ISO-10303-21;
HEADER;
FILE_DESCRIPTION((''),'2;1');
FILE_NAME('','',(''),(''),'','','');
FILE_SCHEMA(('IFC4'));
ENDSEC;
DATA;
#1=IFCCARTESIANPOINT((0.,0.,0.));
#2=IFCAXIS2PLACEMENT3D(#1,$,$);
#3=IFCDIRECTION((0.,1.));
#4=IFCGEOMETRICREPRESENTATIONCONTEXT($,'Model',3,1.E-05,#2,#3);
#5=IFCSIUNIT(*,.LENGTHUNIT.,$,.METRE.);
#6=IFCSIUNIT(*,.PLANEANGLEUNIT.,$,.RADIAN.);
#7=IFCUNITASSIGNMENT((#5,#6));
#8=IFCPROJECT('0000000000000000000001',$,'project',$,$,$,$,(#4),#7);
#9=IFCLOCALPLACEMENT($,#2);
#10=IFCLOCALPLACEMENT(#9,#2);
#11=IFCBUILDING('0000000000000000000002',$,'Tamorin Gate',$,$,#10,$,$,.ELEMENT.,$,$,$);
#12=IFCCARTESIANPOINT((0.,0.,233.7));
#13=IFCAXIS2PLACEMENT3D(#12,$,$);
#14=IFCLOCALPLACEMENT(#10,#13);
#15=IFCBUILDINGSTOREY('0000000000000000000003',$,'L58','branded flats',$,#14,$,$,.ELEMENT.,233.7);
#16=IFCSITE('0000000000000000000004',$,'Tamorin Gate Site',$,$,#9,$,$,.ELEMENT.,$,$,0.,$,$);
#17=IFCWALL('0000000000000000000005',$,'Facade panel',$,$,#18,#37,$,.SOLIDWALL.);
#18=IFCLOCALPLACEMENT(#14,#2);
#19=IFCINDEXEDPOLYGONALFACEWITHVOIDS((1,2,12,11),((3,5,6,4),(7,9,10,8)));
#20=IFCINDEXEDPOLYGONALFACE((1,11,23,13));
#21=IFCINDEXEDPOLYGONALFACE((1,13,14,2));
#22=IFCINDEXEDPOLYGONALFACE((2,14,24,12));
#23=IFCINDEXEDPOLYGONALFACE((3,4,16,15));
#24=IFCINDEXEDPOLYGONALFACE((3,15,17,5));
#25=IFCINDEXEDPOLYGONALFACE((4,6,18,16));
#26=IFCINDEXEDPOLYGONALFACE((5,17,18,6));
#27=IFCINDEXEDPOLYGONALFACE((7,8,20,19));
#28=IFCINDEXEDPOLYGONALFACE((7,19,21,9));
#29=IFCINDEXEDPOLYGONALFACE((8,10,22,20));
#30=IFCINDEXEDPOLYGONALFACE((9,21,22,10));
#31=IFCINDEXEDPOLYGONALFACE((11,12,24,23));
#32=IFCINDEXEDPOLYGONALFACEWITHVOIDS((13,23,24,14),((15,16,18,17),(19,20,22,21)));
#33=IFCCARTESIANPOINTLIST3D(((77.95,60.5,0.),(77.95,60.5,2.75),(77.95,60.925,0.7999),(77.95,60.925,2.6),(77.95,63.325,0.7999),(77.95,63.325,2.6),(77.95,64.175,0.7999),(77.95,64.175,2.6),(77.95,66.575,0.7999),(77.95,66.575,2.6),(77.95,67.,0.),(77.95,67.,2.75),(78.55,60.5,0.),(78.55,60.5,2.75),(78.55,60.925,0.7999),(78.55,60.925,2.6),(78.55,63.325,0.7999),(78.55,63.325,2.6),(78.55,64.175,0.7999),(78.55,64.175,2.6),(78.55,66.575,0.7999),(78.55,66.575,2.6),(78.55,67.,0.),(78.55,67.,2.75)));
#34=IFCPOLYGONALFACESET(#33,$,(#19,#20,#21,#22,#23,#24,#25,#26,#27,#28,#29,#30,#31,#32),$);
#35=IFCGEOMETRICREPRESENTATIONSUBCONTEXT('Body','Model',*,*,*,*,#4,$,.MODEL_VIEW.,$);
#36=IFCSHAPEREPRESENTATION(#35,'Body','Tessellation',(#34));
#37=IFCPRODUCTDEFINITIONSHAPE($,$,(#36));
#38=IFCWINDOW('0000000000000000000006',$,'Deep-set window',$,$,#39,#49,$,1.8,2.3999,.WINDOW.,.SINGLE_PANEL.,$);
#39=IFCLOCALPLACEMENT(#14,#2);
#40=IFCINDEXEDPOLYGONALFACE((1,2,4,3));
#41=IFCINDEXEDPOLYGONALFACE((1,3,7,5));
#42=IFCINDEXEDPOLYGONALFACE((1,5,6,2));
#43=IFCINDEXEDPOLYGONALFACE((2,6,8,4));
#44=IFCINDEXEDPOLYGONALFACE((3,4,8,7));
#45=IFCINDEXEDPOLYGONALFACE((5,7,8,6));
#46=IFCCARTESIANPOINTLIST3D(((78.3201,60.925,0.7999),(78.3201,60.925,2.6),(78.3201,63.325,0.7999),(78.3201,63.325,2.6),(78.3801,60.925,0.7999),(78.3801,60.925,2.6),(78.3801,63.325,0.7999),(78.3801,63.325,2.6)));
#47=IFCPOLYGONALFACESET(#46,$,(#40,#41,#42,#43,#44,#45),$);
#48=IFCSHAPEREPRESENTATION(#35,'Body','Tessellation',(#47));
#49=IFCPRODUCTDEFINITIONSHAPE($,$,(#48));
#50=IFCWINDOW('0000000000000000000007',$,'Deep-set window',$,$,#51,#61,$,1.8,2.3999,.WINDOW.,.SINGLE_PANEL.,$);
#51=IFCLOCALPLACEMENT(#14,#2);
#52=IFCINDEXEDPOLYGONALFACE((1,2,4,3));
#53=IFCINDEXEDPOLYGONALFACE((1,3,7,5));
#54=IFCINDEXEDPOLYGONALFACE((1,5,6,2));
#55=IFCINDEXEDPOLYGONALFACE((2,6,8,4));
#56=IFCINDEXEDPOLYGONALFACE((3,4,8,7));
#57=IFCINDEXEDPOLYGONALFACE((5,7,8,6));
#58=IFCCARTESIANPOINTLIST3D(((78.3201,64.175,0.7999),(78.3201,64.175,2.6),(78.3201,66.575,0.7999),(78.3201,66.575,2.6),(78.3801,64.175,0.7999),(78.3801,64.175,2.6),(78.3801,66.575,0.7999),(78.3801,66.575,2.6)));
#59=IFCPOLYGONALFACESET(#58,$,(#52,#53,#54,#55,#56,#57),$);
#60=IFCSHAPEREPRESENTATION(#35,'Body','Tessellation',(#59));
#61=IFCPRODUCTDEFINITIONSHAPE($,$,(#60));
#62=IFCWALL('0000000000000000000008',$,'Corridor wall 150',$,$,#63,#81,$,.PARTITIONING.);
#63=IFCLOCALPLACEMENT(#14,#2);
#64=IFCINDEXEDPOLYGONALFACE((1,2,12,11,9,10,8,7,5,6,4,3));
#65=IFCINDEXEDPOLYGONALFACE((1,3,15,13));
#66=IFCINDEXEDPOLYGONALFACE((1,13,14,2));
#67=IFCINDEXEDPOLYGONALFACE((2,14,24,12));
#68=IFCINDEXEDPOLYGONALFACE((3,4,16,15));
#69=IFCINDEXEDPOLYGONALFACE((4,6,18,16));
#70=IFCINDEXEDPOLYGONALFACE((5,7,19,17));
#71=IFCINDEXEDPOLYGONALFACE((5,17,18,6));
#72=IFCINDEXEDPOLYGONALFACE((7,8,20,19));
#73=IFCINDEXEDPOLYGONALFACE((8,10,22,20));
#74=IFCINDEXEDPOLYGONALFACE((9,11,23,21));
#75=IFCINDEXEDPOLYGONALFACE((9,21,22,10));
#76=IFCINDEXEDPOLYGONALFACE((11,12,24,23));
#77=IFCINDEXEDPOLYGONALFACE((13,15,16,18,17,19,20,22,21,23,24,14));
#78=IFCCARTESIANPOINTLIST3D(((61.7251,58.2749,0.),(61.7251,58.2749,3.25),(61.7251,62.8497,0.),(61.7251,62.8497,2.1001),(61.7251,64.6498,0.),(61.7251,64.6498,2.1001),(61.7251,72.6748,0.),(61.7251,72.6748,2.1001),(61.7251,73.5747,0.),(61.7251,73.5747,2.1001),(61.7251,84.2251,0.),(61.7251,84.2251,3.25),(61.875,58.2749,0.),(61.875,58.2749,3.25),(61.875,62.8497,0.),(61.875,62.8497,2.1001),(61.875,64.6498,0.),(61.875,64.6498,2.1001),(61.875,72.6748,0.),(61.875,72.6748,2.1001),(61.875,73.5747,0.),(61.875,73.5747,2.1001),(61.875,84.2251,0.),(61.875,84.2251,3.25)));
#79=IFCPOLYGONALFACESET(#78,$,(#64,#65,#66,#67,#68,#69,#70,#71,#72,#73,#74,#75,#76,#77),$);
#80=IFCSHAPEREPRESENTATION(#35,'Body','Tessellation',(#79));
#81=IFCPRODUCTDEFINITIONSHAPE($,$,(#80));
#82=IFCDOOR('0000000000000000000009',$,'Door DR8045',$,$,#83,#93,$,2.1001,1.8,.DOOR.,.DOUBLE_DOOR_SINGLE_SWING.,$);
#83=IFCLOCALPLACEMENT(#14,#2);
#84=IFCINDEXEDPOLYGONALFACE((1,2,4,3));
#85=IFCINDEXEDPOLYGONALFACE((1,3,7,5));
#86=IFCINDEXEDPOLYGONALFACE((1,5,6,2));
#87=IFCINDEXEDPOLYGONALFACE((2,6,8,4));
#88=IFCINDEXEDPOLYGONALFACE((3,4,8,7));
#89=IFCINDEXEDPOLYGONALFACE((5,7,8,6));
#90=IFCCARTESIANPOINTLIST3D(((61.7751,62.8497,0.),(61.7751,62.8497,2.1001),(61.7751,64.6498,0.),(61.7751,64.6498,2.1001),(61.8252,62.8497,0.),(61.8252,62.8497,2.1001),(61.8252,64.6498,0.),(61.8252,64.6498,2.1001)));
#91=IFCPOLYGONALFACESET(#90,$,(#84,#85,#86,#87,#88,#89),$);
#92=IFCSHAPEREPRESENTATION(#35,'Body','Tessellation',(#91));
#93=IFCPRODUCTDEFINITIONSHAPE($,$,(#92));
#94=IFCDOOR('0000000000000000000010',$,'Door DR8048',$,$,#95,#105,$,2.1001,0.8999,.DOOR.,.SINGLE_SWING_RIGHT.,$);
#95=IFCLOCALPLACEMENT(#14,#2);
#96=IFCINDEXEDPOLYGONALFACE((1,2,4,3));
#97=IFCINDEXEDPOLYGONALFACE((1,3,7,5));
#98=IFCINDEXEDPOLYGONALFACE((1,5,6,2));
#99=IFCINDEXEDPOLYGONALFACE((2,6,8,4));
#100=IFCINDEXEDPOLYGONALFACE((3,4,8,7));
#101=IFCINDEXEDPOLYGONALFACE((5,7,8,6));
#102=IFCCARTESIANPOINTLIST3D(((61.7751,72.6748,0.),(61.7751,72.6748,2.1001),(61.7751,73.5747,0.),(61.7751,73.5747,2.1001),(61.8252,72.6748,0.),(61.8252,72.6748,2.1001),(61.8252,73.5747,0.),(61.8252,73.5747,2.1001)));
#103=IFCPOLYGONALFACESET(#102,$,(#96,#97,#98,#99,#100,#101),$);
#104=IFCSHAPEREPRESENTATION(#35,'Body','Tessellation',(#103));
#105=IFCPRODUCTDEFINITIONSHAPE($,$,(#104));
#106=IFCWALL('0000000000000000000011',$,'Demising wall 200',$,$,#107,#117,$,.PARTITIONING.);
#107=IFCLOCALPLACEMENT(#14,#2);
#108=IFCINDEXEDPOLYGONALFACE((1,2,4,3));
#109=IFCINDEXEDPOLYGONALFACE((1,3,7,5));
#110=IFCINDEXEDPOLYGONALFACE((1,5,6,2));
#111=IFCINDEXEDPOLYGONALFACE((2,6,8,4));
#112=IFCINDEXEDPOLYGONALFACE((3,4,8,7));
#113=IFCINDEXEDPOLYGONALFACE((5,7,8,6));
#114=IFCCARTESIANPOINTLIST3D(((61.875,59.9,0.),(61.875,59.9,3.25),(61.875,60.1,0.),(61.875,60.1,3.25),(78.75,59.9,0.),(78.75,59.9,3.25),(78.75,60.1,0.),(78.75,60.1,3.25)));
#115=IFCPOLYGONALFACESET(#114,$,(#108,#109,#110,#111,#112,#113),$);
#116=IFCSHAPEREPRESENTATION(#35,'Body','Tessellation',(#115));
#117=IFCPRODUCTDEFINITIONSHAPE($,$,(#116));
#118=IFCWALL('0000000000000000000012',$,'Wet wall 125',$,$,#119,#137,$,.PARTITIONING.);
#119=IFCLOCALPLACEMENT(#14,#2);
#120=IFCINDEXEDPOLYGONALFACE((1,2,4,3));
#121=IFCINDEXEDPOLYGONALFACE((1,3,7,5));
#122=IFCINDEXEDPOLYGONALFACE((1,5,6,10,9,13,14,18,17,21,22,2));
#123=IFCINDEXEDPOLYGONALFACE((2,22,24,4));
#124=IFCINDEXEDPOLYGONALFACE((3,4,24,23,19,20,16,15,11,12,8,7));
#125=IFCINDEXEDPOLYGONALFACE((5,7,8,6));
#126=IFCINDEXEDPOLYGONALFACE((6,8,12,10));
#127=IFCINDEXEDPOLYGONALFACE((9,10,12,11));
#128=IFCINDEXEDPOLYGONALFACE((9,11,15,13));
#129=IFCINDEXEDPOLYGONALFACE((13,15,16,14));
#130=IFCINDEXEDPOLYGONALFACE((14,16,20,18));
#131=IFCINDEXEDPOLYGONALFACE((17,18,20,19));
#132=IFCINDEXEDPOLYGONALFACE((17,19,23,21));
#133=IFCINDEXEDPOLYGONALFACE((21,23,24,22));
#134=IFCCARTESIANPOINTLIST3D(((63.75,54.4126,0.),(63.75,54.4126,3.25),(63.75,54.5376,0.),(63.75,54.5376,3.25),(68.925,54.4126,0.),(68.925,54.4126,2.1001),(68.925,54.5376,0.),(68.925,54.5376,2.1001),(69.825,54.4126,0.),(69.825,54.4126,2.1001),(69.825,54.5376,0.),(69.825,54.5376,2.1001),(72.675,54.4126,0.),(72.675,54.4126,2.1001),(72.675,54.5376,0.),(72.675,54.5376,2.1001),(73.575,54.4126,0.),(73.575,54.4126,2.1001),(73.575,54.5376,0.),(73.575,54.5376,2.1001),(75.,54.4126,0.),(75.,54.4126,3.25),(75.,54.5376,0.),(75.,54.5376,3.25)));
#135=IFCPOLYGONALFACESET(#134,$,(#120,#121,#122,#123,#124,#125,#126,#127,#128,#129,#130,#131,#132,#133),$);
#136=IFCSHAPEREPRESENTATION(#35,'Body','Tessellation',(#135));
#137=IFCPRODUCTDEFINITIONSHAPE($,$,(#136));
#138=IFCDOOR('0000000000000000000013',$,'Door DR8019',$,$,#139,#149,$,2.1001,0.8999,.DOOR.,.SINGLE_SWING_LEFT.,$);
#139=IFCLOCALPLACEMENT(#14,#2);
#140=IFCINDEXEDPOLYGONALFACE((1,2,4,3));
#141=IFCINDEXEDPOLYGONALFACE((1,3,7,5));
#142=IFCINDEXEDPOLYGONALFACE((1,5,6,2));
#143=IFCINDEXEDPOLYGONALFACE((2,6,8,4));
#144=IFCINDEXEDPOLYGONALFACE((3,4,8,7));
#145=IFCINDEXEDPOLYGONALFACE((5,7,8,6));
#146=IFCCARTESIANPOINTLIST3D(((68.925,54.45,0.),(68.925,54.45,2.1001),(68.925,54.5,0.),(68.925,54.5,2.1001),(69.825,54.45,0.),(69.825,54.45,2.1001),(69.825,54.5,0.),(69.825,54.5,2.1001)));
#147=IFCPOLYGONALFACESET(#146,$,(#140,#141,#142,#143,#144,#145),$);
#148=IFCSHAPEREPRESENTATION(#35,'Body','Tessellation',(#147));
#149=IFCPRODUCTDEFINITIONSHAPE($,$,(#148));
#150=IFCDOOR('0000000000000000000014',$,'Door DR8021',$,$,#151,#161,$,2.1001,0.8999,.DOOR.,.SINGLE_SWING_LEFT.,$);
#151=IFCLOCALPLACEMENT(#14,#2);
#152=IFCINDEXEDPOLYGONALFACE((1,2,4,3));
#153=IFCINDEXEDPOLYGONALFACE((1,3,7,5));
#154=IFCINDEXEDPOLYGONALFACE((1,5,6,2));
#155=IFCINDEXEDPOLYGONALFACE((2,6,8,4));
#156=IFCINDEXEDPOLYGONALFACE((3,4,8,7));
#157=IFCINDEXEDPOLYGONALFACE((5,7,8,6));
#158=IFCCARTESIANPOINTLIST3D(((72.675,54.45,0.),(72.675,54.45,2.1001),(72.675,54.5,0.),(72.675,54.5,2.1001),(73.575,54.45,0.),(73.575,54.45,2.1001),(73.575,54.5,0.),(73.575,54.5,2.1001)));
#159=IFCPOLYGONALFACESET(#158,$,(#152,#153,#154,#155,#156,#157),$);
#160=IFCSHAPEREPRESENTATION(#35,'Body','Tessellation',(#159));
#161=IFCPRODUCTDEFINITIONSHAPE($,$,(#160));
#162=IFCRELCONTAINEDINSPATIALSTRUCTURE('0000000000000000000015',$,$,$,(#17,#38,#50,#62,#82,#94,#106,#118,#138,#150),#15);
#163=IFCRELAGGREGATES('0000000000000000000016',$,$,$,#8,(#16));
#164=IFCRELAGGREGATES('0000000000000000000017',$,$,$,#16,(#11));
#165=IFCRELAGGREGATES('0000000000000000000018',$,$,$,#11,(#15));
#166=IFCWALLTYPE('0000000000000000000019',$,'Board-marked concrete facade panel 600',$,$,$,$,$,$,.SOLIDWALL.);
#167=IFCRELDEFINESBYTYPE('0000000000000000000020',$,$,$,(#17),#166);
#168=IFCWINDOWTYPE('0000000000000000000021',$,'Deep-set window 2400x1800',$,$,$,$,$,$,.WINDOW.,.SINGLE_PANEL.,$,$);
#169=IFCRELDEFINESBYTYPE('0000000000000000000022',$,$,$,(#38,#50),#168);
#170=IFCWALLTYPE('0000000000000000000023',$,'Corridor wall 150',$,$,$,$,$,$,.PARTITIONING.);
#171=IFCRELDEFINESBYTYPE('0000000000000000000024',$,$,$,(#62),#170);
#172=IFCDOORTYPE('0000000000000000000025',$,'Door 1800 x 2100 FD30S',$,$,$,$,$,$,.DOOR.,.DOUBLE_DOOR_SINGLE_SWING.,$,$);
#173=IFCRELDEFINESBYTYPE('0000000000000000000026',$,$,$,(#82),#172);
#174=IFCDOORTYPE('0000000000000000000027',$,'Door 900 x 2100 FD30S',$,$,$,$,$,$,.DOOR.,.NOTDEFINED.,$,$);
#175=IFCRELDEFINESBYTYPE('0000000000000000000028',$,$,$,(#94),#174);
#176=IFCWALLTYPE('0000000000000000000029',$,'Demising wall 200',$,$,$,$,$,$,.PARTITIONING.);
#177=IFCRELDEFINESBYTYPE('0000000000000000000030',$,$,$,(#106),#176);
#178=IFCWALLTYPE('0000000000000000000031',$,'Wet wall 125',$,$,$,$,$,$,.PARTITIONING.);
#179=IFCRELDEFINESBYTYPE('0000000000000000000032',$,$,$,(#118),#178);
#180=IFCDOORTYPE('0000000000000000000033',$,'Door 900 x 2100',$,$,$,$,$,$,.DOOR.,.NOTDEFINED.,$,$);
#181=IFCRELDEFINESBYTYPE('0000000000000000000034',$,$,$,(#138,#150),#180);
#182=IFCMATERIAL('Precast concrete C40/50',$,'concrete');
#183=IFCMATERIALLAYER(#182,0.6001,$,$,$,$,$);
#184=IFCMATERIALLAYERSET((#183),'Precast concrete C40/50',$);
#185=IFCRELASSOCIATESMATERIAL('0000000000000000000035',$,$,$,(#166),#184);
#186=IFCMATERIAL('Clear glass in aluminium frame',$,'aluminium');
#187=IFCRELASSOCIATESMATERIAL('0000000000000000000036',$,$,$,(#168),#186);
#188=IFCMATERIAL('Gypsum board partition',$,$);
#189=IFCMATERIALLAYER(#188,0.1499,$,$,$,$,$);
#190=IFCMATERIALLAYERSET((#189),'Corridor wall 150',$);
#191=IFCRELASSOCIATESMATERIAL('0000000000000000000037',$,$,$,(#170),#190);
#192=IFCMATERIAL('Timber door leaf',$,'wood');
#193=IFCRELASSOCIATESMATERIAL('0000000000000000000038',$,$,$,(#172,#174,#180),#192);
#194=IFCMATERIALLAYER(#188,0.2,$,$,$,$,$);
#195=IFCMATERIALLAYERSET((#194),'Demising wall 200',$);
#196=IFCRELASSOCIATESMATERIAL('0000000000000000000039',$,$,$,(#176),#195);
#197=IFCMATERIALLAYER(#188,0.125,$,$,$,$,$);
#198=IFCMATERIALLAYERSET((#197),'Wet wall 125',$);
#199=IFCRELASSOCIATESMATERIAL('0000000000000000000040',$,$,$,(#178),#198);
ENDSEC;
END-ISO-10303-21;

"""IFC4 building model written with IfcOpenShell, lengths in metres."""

from ifc_helpers import new_model, si_unit, direction, frame, frame_2d, origin, place, context, subcontext, project, spatial, rectangle, extrude, material, layer, layer_set, type_object, element, fill, save


model = new_model("IFC4")

# Units and contexts
model_context = context("Model", 3, precision=1e-05, world=origin(), true_north=direction((0.0, 1.0)))
body_context = subcontext(model_context, "Body", "Model", "MODEL_VIEW")
ifc_project = project(units=[si_unit("LENGTHUNIT", "METRE"), si_unit("PLANEANGLEUNIT", "RADIAN")], contexts=[model_context])

# Site, building, storey
site_placement = place(None, origin())
site = spatial("IfcSite", under=ifc_project, at=site_placement, Name="Tamorin Gate Site", CompositionType="ELEMENT", RefElevation=0.0)
building_placement = place(site_placement, origin())
building = spatial("IfcBuilding", under=site, at=building_placement, Name="Tamorin Gate", CompositionType="ELEMENT")
storey_placement = place(building_placement, frame((0.0, 0.0, 233.7)))
storey = spatial("IfcBuildingStorey", under=building, at=storey_placement, Name="L58", Description="branded flats", CompositionType="ELEMENT", Elevation=233.7)

# Wall, openings, windows
ifc_material_1 = material(Name="Precast concrete C40/50", Category="concrete")
ifc_layer_1 = layer(ifc_material_1, 0.6001)
ifc_layer_set_1 = layer_set([ifc_layer_1], Name="Precast concrete C40/50")
wall_type_1 = type_object("IfcWallType", Name="Board-marked concrete facade panel 600", PredefinedType="SOLIDWALL", material=ifc_layer_set_1)
ifc_material_2 = material(Name="Clear glass in aluminium frame", Category="aluminium")
window_type = type_object("IfcWindowType", Name="Deep-set window 2400x1800", PartitioningType="SINGLE_PANEL", PredefinedType="WINDOW", material=ifc_material_2)
wall_1_placement = place(storey_placement, frame((78.25, 60.5, 0.0), z_axis=(0.0, 0.0, 1.0), x_axis=(0.0, 1.0, 0.0)))
wall_1 = element("IfcWall", 1, at=wall_1_placement, inside=storey, type_object=wall_type_1, Name="Facade panel", PredefinedType="SOLIDWALL", context=body_context, shape_type="SweptSolid", body=[
    extrude(rectangle(XDim=6.5, YDim=0.6001, at=frame_2d((3.25, 0.0))), origin(), (0.0, 0.0, 1.0), 2.75),
])
opening_1_placement = place(wall_1_placement, frame((0.425, 0.0, 0.8)))
opening_1 = element("IfcOpeningElement", 2, at=opening_1_placement, cuts=wall_1, PredefinedType="OPENING", context=body_context, shape_type="SweptSolid", body=[
    extrude(rectangle(XDim=2.3999, YDim=1.8, at=frame_2d((1.2, 0.8999))), frame((0.0, 0.3101, 0.0), z_axis=(0.0, -1.0, 0.0), x_axis=(1.0, 0.0, 0.0)), (0.0, 0.0, 1.0), 0.6201),
])
opening_2_placement = place(wall_1_placement, frame((3.675, 0.0, 0.8)))
opening_2 = element("IfcOpeningElement", 3, at=opening_2_placement, cuts=wall_1, PredefinedType="OPENING", context=body_context, shape_type="SweptSolid", body=[
    extrude(rectangle(XDim=2.3999, YDim=1.8, at=frame_2d((1.2, 0.8999))), frame((0.0, 0.3101, 0.0), z_axis=(0.0, -1.0, 0.0), x_axis=(1.0, 0.0, 0.0)), (0.0, 0.0, 1.0), 0.6201),
])
window_1_placement = place(opening_1_placement, origin())
window_1 = element("IfcWindow", 4, at=window_1_placement, inside=storey, type_object=window_type, Name="Deep-set window", OverallHeight=1.8, OverallWidth=2.3999, PartitioningType="SINGLE_PANEL", PredefinedType="WINDOW", context=body_context, shape_type="SweptSolid", body=[
    extrude(rectangle(XDim=2.3999, YDim=1.8, at=frame_2d((1.2, 0.8999))), frame((0.0, -0.0701, 0.0), z_axis=(0.0, -1.0, 0.0), x_axis=(1.0, 0.0, 0.0)), (0.0, 0.0, 1.0), 0.0601),
])
fill(opening_1, window_1)
window_2_placement = place(opening_2_placement, origin())
window_2 = element("IfcWindow", 5, at=window_2_placement, inside=storey, type_object=window_type, Name="Deep-set window", OverallHeight=1.8, OverallWidth=2.3999, PartitioningType="SINGLE_PANEL", PredefinedType="WINDOW", context=body_context, shape_type="SweptSolid", body=[
    extrude(rectangle(XDim=2.3999, YDim=1.8, at=frame_2d((1.2, 0.8999))), frame((0.0, -0.0701, 0.0), z_axis=(0.0, -1.0, 0.0), x_axis=(1.0, 0.0, 0.0)), (0.0, 0.0, 1.0), 0.0601),
])
fill(opening_2, window_2)

# Wall, openings, doors
ifc_material_3 = material(Name="Gypsum board partition")
ifc_layer_2 = layer(ifc_material_3, 0.1499)
ifc_layer_set_2 = layer_set([ifc_layer_2], Name="Corridor wall 150")
wall_type_2 = type_object("IfcWallType", Name="Corridor wall 150", PredefinedType="PARTITIONING", material=ifc_layer_set_2)
wall_2_placement = place(storey_placement, frame((61.8, 58.2749, 0.0), z_axis=(0.0, 0.0, 1.0), x_axis=(0.0, 1.0, 0.0)))
wall_2 = element("IfcWall", 6, at=wall_2_placement, inside=storey, type_object=wall_type_2, Name="Corridor wall 150", PredefinedType="PARTITIONING", context=body_context, shape_type="SweptSolid", body=[
    extrude(rectangle(XDim=25.9502, YDim=0.1499, at=frame_2d((12.9751, 0.0))), origin(), (0.0, 0.0, 1.0), 3.25),
])
opening_3_placement = place(wall_2_placement, frame((4.575, 0.0, 0.0)))
opening_3 = element("IfcOpeningElement", 7, at=opening_3_placement, cuts=wall_2, PredefinedType="OPENING", context=body_context, shape_type="SweptSolid", body=[
    extrude(rectangle(XDim=1.8, YDim=2.1001, at=frame_2d((0.8999, 1.05))), frame((0.0, 0.085, 0.0), z_axis=(0.0, -1.0, 0.0), x_axis=(1.0, 0.0, 0.0)), (0.0, 0.0, 1.0), 0.1699),
])
opening_4_placement = place(wall_2_placement, frame((14.3999, 0.0, 0.0)))
opening_4 = element("IfcOpeningElement", 8, at=opening_4_placement, cuts=wall_2, PredefinedType="OPENING", context=body_context, shape_type="SweptSolid", body=[
    extrude(rectangle(XDim=0.8999, YDim=2.1001, at=frame_2d((0.45, 1.05))), frame((0.0, 0.085, 0.0), z_axis=(0.0, -1.0, 0.0), x_axis=(1.0, 0.0, 0.0)), (0.0, 0.0, 1.0), 0.1699),
])
ifc_material_4 = material(Name="Timber door leaf", Category="wood")
door_type_1 = type_object("IfcDoorType", Name="Door 1800 x 2100 FD30S", OperationType="DOUBLE_DOOR_SINGLE_SWING", PredefinedType="DOOR", material=ifc_material_4)
door_1_placement = place(opening_3_placement, origin())
door_1 = element("IfcDoor", 9, at=door_1_placement, inside=storey, type_object=door_type_1, Name="Door DR8045", OperationType="DOUBLE_DOOR_SINGLE_SWING", OverallHeight=2.1001, OverallWidth=1.8, PredefinedType="DOOR", context=body_context, shape_type="SweptSolid", body=[
    extrude(rectangle(XDim=1.8, YDim=2.1001, at=frame_2d((0.8999, 1.05))), frame((0.0, 0.0249, 0.0), z_axis=(0.0, -1.0, 0.0), x_axis=(1.0, 0.0, 0.0)), (0.0, 0.0, 1.0), 0.05),
])
fill(opening_3, door_1)
door_type_2 = type_object("IfcDoorType", Name="Door 900 x 2100 FD30S", OperationType="NOTDEFINED", PredefinedType="DOOR", material=ifc_material_4)
door_2_placement = place(opening_4_placement, origin())
door_2 = element("IfcDoor", 10, at=door_2_placement, inside=storey, type_object=door_type_2, Name="Door DR8048", OperationType="SINGLE_SWING_RIGHT", OverallHeight=2.1001, OverallWidth=0.8999, PredefinedType="DOOR", context=body_context, shape_type="SweptSolid", body=[
    extrude(rectangle(XDim=0.8999, YDim=2.1001, at=frame_2d((0.45, 1.05))), frame((0.0, 0.0249, 0.0), z_axis=(0.0, -1.0, 0.0), x_axis=(1.0, 0.0, 0.0)), (0.0, 0.0, 1.0), 0.05),
])
fill(opening_4, door_2)

# Wall
ifc_layer_3 = layer(ifc_material_3, 0.2)
ifc_layer_set_3 = layer_set([ifc_layer_3], Name="Demising wall 200")
wall_type_3 = type_object("IfcWallType", Name="Demising wall 200", PredefinedType="PARTITIONING", material=ifc_layer_set_3)
wall_3_placement = place(storey_placement, frame((61.875, 60.0, 0.0), z_axis=(0.0, 0.0, 1.0), x_axis=(1.0, 0.0, 0.0)))
element("IfcWall", 11, at=wall_3_placement, inside=storey, type_object=wall_type_3, Name="Demising wall 200", PredefinedType="PARTITIONING", context=body_context, shape_type="SweptSolid", body=[
    extrude(rectangle(XDim=16.875, YDim=0.2, at=frame_2d((8.4375, 0.0))), origin(), (0.0, 0.0, 1.0), 3.25),
])

# Wall, openings, doors
ifc_layer_4 = layer(ifc_material_3, 0.125)
ifc_layer_set_4 = layer_set([ifc_layer_4], Name="Wet wall 125")
wall_type_4 = type_object("IfcWallType", Name="Wet wall 125", PredefinedType="PARTITIONING", material=ifc_layer_set_4)
wall_4_placement = place(storey_placement, frame((63.75, 54.4751, 0.0), z_axis=(0.0, 0.0, 1.0), x_axis=(1.0, 0.0, 0.0)))
wall_4 = element("IfcWall", 12, at=wall_4_placement, inside=storey, type_object=wall_type_4, Name="Wet wall 125", PredefinedType="PARTITIONING", context=body_context, shape_type="SweptSolid", body=[
    extrude(rectangle(XDim=11.25, YDim=0.125, at=frame_2d((5.625, 0.0))), origin(), (0.0, 0.0, 1.0), 3.25),
])
opening_5_placement = place(wall_4_placement, frame((5.175, 0.0, 0.0)))
opening_5 = element("IfcOpeningElement", 13, at=opening_5_placement, cuts=wall_4, PredefinedType="OPENING", context=body_context, shape_type="SweptSolid", body=[
    extrude(rectangle(XDim=0.8999, YDim=2.1001, at=frame_2d((0.45, 1.05))), frame((0.0, 0.0725, 0.0), z_axis=(0.0, -1.0, 0.0), x_axis=(1.0, 0.0, 0.0)), (0.0, 0.0, 1.0), 0.145),
])
opening_6_placement = place(wall_4_placement, frame((8.925, 0.0, 0.0)))
opening_6 = element("IfcOpeningElement", 14, at=opening_6_placement, cuts=wall_4, PredefinedType="OPENING", context=body_context, shape_type="SweptSolid", body=[
    extrude(rectangle(XDim=0.8999, YDim=2.1001, at=frame_2d((0.45, 1.05))), frame((0.0, 0.0725, 0.0), z_axis=(0.0, -1.0, 0.0), x_axis=(1.0, 0.0, 0.0)), (0.0, 0.0, 1.0), 0.145),
])
door_type_3 = type_object("IfcDoorType", Name="Door 900 x 2100", OperationType="NOTDEFINED", PredefinedType="DOOR", material=ifc_material_4)
door_3_placement = place(opening_5_placement, origin())
door_3 = element("IfcDoor", 15, at=door_3_placement, inside=storey, type_object=door_type_3, Name="Door DR8019", OperationType="SINGLE_SWING_LEFT", OverallHeight=2.1001, OverallWidth=0.8999, PredefinedType="DOOR", context=body_context, shape_type="SweptSolid", body=[
    extrude(rectangle(XDim=0.8999, YDim=2.1001, at=frame_2d((0.45, 1.05))), frame((0.0, 0.0249, 0.0), z_axis=(0.0, -1.0, 0.0), x_axis=(1.0, 0.0, 0.0)), (0.0, 0.0, 1.0), 0.05),
])
fill(opening_5, door_3)
door_4_placement = place(opening_6_placement, origin())
door_4 = element("IfcDoor", 16, at=door_4_placement, inside=storey, type_object=door_type_3, Name="Door DR8021", OperationType="SINGLE_SWING_LEFT", OverallHeight=2.1001, OverallWidth=0.8999, PredefinedType="DOOR", context=body_context, shape_type="SweptSolid", body=[
    extrude(rectangle(XDim=0.8999, YDim=2.1001, at=frame_2d((0.45, 1.05))), frame((0.0, 0.0249, 0.0), z_axis=(0.0, -1.0, 0.0), x_axis=(1.0, 0.0, 0.0)), (0.0, 0.0, 1.0), 0.05),
])
fill(opening_6, door_4)

save(model, "model.ifc")
